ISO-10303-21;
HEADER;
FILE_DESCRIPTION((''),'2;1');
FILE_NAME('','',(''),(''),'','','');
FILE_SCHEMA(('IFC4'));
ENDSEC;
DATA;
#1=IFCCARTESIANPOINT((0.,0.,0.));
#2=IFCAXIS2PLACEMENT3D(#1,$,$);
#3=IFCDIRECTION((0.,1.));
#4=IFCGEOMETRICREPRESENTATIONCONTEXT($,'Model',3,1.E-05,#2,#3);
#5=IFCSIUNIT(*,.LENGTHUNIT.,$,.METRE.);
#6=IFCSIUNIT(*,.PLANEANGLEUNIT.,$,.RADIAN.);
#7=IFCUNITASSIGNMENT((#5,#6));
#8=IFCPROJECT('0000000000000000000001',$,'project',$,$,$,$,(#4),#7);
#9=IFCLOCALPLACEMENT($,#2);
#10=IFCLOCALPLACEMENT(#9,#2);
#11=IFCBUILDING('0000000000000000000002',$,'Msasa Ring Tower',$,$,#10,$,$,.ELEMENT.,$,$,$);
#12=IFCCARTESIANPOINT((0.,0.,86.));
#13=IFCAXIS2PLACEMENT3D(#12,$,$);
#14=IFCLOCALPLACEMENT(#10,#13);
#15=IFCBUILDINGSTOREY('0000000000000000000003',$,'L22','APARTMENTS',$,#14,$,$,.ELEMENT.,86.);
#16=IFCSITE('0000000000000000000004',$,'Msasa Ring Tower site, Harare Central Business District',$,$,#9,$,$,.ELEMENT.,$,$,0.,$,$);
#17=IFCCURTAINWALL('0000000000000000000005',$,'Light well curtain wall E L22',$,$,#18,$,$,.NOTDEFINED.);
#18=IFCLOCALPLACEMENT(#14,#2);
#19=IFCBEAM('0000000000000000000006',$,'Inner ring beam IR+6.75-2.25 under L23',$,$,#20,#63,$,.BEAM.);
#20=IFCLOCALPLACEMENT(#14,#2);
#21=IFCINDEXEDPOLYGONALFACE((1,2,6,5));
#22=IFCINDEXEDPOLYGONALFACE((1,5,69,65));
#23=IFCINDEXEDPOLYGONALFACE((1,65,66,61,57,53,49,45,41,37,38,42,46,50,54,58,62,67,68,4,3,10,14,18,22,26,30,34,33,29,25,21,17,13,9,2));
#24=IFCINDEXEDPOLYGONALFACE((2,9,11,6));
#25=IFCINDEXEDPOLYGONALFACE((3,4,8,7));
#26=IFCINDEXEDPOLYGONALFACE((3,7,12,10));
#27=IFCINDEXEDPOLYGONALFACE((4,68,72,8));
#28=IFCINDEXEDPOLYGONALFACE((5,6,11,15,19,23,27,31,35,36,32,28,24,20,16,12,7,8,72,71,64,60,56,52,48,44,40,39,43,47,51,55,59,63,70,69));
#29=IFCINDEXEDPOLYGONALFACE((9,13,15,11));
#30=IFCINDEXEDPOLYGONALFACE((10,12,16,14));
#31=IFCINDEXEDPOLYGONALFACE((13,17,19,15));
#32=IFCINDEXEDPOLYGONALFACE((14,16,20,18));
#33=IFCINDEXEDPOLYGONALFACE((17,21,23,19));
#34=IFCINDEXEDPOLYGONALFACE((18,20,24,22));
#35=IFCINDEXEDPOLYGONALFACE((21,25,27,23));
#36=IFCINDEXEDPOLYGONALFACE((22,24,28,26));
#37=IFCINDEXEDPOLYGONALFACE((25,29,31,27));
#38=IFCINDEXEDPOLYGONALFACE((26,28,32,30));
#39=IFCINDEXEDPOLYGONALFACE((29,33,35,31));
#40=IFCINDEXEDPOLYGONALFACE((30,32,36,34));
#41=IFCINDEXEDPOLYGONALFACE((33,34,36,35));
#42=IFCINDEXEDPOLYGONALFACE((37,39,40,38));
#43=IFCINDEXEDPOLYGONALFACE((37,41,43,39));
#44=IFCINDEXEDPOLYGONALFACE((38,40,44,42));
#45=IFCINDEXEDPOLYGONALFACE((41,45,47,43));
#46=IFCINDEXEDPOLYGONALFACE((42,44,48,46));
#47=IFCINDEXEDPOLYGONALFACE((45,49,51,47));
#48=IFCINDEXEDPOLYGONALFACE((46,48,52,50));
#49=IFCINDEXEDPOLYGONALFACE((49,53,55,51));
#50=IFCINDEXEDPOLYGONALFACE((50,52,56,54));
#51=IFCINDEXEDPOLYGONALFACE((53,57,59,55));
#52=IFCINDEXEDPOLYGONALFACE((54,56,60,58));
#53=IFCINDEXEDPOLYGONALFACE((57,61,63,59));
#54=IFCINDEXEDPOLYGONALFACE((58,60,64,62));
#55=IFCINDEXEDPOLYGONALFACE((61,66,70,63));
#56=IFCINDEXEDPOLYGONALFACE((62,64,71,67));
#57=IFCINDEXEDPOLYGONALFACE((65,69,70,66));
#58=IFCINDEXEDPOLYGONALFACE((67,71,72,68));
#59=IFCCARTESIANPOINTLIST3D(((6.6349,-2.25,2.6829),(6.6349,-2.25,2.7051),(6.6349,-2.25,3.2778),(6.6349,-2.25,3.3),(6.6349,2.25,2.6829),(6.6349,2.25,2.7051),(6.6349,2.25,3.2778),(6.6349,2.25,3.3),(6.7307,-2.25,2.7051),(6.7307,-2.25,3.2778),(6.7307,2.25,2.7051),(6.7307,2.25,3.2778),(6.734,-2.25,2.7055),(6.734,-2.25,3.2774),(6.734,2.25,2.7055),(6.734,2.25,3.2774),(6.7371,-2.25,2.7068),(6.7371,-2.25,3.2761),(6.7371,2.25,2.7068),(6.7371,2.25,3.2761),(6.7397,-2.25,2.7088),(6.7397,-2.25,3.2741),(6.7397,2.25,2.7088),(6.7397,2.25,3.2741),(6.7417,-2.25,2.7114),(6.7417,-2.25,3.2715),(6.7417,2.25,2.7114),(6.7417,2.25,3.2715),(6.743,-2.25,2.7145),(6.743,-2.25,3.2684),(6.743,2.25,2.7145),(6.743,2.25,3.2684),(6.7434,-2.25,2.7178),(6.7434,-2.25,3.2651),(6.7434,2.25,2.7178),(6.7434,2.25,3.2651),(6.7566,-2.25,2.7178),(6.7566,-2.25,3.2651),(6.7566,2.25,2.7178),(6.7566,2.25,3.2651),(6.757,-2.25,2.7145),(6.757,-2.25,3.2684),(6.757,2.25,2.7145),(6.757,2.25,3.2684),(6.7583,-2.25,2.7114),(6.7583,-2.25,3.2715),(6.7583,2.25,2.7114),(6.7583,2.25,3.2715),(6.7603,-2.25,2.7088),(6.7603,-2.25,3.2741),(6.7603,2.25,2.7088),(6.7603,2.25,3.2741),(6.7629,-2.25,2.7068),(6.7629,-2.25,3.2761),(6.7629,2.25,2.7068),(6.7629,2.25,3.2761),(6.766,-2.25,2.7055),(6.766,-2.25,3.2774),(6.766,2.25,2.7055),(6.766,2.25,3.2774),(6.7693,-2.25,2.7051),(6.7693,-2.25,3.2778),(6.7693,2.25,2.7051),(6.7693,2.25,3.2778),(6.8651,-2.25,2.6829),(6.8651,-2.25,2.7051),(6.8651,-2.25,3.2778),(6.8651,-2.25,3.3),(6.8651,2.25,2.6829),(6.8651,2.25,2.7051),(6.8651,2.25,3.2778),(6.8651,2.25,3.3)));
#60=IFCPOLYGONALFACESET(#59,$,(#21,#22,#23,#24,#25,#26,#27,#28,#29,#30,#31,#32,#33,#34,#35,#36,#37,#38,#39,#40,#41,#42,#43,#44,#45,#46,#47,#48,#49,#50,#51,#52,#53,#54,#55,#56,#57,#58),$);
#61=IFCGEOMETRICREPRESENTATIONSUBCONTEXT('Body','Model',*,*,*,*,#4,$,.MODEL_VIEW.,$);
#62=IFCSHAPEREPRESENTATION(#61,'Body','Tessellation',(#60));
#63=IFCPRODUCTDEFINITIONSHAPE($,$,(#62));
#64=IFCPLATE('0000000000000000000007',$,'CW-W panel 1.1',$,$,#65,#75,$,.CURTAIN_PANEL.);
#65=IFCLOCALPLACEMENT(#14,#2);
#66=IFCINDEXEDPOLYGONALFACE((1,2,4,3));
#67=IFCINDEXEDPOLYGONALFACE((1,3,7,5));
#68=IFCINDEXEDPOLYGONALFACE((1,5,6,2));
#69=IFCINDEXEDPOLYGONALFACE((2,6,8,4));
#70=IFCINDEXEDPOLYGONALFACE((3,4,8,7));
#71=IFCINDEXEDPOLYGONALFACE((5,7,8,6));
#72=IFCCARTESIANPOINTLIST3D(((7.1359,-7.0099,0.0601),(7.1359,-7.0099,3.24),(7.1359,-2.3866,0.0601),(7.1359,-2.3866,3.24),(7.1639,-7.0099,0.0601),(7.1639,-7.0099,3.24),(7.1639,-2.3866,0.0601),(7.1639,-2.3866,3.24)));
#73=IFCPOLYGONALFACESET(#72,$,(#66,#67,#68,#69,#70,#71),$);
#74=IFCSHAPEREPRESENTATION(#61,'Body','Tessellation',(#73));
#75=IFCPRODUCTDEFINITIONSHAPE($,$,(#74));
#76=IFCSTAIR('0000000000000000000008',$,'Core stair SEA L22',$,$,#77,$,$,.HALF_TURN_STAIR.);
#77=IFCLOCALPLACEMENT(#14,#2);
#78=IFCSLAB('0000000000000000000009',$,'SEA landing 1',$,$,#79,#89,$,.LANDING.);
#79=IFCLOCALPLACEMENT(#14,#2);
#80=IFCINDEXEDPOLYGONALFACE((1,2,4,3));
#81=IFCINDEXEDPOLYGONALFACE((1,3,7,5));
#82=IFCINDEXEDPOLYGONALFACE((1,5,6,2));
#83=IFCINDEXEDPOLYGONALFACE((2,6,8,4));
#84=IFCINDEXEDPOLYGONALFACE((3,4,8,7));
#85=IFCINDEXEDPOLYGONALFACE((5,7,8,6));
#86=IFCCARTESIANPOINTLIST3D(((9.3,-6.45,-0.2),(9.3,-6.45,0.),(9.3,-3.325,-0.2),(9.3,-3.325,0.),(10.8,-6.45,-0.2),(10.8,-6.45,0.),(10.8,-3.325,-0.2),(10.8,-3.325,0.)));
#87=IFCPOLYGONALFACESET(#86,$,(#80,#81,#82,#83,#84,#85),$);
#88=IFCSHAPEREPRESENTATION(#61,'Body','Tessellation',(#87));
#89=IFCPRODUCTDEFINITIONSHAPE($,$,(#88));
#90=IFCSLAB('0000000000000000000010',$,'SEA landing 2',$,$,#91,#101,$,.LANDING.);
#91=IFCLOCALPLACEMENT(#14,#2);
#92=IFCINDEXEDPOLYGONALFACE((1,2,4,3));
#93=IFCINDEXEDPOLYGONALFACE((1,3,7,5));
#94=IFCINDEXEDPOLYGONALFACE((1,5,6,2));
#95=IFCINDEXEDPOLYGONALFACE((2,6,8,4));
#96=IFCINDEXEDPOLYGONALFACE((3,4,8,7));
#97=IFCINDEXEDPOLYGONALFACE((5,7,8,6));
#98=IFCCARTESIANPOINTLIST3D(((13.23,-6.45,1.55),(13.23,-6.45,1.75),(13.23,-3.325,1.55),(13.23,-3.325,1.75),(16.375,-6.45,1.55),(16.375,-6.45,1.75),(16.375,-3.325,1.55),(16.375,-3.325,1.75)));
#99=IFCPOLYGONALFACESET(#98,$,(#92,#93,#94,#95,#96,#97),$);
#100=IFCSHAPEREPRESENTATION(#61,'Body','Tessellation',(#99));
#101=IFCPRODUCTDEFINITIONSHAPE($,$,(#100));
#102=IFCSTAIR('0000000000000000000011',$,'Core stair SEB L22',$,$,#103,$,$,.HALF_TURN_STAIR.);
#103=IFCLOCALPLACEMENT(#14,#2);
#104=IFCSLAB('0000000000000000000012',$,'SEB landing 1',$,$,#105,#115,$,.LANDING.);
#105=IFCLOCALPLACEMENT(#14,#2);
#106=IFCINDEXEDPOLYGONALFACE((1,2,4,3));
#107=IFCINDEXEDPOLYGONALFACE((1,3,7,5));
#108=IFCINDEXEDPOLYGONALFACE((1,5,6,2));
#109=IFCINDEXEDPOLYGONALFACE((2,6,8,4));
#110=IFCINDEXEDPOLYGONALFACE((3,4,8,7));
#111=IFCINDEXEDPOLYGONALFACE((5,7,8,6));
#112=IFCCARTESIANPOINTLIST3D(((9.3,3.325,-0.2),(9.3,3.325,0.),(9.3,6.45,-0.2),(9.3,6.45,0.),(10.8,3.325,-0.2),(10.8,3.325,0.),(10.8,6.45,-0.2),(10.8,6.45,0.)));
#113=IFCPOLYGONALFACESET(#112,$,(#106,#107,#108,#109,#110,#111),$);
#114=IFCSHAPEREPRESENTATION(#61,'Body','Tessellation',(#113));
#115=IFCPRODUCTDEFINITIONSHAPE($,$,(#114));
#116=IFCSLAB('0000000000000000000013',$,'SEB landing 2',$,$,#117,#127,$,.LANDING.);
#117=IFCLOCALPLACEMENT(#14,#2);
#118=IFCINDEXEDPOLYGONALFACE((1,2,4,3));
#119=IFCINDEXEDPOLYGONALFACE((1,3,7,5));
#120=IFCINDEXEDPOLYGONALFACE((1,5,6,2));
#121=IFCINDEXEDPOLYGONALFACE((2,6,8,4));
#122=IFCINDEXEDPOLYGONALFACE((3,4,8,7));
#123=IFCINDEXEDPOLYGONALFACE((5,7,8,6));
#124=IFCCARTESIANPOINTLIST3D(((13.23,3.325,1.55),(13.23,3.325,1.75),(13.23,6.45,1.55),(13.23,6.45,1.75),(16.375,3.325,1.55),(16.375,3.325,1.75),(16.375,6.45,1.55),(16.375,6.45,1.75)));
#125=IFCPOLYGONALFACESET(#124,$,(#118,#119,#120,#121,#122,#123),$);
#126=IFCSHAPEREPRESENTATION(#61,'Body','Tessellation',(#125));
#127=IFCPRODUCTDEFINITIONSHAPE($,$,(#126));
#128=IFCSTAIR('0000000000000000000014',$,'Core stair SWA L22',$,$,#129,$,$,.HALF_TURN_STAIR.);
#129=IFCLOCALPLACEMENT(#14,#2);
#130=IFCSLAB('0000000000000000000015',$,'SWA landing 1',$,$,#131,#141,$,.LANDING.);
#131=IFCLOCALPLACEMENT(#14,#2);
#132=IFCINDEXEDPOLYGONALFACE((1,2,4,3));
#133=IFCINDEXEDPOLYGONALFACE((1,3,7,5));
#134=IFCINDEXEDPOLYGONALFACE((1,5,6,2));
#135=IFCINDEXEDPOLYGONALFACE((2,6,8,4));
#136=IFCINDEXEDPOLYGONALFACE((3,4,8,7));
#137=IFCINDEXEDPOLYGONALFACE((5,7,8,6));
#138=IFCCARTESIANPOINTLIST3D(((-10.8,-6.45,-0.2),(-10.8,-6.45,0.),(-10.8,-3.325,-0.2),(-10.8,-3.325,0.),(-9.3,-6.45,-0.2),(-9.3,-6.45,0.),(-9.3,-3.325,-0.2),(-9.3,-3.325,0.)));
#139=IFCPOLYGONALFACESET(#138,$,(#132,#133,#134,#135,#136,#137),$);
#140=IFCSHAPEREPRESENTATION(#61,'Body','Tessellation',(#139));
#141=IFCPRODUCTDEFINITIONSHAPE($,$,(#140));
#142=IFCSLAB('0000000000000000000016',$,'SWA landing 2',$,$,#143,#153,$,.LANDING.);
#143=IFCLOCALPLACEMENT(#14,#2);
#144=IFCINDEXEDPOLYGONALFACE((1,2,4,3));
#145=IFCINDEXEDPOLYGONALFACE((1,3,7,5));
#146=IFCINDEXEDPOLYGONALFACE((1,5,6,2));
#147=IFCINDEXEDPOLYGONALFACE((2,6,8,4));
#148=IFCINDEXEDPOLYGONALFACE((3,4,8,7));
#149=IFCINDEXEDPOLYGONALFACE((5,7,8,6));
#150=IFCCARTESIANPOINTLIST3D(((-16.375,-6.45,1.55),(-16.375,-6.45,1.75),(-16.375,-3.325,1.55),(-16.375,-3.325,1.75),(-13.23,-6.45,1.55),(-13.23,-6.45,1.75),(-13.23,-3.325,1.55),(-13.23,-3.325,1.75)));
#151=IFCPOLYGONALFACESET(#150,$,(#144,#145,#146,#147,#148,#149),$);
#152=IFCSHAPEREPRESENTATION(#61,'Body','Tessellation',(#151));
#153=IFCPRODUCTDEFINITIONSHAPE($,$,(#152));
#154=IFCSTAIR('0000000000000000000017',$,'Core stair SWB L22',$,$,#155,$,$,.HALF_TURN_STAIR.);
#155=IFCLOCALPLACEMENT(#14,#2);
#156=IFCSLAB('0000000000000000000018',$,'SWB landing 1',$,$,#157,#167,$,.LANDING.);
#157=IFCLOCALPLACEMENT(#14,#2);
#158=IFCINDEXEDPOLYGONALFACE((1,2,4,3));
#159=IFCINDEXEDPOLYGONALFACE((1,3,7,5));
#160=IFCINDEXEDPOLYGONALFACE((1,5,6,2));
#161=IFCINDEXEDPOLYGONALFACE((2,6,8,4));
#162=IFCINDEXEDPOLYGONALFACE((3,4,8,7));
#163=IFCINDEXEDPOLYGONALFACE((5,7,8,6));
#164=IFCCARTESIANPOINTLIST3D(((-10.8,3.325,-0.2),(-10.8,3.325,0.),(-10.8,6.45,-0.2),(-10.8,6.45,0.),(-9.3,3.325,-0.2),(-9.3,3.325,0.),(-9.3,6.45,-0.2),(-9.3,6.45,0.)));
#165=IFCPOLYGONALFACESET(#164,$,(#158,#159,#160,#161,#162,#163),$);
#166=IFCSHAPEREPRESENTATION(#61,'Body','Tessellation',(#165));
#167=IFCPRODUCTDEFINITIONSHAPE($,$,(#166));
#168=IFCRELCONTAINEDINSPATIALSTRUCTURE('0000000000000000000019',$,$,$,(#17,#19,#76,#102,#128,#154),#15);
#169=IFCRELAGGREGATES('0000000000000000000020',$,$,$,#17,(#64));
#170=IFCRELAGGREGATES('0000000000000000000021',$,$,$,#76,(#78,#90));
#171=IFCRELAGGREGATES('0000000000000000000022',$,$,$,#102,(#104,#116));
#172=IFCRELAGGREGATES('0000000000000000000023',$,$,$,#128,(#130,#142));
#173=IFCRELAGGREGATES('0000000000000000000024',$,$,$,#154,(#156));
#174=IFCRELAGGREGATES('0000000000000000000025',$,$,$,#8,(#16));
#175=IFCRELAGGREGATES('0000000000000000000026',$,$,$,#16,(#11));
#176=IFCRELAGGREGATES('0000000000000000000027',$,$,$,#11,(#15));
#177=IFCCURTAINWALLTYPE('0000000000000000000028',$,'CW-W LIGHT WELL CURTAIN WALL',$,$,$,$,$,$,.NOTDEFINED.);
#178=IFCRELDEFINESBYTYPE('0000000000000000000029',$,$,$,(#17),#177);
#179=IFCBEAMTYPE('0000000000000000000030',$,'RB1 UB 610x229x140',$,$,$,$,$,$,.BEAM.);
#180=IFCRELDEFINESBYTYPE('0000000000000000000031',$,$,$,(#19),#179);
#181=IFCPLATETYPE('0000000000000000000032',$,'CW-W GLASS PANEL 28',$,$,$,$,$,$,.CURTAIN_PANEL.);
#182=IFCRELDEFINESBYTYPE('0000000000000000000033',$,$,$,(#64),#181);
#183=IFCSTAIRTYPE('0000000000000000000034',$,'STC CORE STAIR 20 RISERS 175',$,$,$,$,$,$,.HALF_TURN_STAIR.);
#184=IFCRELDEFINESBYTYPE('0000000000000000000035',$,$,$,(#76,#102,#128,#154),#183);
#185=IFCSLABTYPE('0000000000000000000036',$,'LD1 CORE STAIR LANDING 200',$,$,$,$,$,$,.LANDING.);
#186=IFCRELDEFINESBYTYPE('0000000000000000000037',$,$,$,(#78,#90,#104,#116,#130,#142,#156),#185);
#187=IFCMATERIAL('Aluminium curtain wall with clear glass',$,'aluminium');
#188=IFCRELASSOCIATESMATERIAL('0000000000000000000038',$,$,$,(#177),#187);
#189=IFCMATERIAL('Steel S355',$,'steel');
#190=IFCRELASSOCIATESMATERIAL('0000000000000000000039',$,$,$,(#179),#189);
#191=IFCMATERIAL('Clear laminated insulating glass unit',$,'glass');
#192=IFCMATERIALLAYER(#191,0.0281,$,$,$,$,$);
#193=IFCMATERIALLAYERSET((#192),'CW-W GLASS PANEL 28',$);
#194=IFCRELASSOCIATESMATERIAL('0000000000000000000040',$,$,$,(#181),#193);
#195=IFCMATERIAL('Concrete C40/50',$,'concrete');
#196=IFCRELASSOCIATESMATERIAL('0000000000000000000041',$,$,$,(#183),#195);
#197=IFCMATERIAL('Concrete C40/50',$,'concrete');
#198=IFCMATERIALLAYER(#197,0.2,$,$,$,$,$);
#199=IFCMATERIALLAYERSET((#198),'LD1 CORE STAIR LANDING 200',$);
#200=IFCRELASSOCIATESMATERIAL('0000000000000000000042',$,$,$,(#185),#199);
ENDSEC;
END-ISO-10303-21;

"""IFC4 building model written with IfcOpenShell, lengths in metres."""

from ifc_helpers import new_model, si_unit, direction, frame, origin, origin_2d, place, context, subcontext, project, spatial, polyline, rectangle, i_section, outline, extrude, material, layer, layer_set, material_profile, profile_set, type_object, element, aggregate, save


model = new_model("IFC4")

# Units and contexts
model_context = context("Model", 3, precision=1e-05, world=origin(), true_north=direction((0.0, 1.0)))
body_context = subcontext(model_context, "Body", "Model", "MODEL_VIEW")
ifc_project = project(units=[si_unit("LENGTHUNIT", "METRE"), si_unit("PLANEANGLEUNIT", "RADIAN")], contexts=[model_context])

# Site, building, storey
site_placement = place(None, origin())
site = spatial("IfcSite", under=ifc_project, at=site_placement, Name="Msasa Ring Tower site, Harare Central Business District", CompositionType="ELEMENT", RefElevation=0.0)
building_placement = place(site_placement, origin())
building = spatial("IfcBuilding", under=site, at=building_placement, Name="Msasa Ring Tower", CompositionType="ELEMENT")
storey_placement = place(building_placement, frame((0.0, 0.0, 86.0)))
storey = spatial("IfcBuildingStorey", under=building, at=storey_placement, Name="L22", Description="APARTMENTS", CompositionType="ELEMENT", Elevation=86.0)

# Curtain wall
ifc_material_1 = material(Name="Aluminium curtain wall with clear glass", Category="aluminium")
curtain_wall_type = type_object("IfcCurtainWallType", Name="CW-W LIGHT WELL CURTAIN WALL", PredefinedType="NOTDEFINED", material=ifc_material_1)
curtain_wall_placement = place(storey_placement, origin())
curtain_wall = element("IfcCurtainWall", 1, at=curtain_wall_placement, inside=storey, type_object=curtain_wall_type, Name="Light well curtain wall E L22", PredefinedType="NOTDEFINED")

# Beam
ifc_material_2 = material(Name="Steel S355", Category="steel")
ifc_material_profile_1 = material_profile(ifc_material_2, i_section(OverallWidth=0.2302, OverallDepth=0.6172, WebThickness=0.0132, FlangeThickness=0.0222, FilletRadius=0.0127, at=origin_2d()), Name="UB 610x229x140")
ifc_profile_set_1 = profile_set([ifc_material_profile_1], Name="Steel S355")
beam_type = type_object("IfcBeamType", Name="RB1 UB 610x229x140", PredefinedType="BEAM", material=ifc_profile_set_1)
for number, where, z_axis, x_axis, name in (
    (2, (6.75, -2.25, 2.9915), (0.0, 1.0, 0.0), (-1.0, 0.0, 0.0), "Inner ring beam IR+6.75-2.25 under L23"),
):
    element("IfcBeam", number, at=place(storey_placement, frame(where, z_axis=z_axis, x_axis=x_axis)), inside=storey, type_object=beam_type, Name=name, PredefinedType="BEAM", context=body_context, shape_type="SweptSolid", body=[
        extrude(i_section(OverallWidth=0.2302, OverallDepth=0.6172, WebThickness=0.0132, FlangeThickness=0.0222, FilletRadius=0.0127, at=origin_2d()), origin(), (0.0, 0.0, 1.0), 4.5),
    ])

# Plate
ifc_material_3 = material(Name="Clear laminated insulating glass unit", Category="glass")
ifc_layer_1 = layer(ifc_material_3, 0.0281)
ifc_layer_set_1 = layer_set([ifc_layer_1], Name="CW-W GLASS PANEL 28")
plate_type = type_object("IfcPlateType", Name="CW-W GLASS PANEL 28", PredefinedType="CURTAIN_PANEL", material=ifc_layer_set_1)
plate_placement = place(storey_placement, frame((7.1499, -4.6982, 0.0601), z_axis=(0.0, 0.0, 1.0), x_axis=(0.0, 1.0, 0.0)))
plate = element("IfcPlate", 3, at=plate_placement, type_object=plate_type, Name="CW-W panel 1.1", PredefinedType="CURTAIN_PANEL", context=body_context, shape_type="SweptSolid", body=[
    extrude(rectangle(XDim=4.6233, YDim=0.0281, at=origin_2d()), origin(), (0.0, 0.0, 1.0), 3.1799),
])
aggregate(curtain_wall, [plate])

# Stairs, slabs
ifc_material_4 = material(Name="Concrete C40/50", Category="concrete")
stair_type = type_object("IfcStairType", Name="STC CORE STAIR 20 RISERS 175", PredefinedType="HALF_TURN_STAIR", material=ifc_material_4)
stair_1_placement = place(storey_placement, origin())
stair_1 = element("IfcStair", 4, at=stair_1_placement, inside=storey, type_object=stair_type, Name="Core stair SEA L22", PredefinedType="HALF_TURN_STAIR")
ifc_material_5 = material(Name="Concrete C40/50", Category="concrete")
ifc_layer_2 = layer(ifc_material_5, 0.2)
ifc_layer_set_2 = layer_set([ifc_layer_2], Name="LD1 CORE STAIR LANDING 200")
slab_type = type_object("IfcSlabType", Name="LD1 CORE STAIR LANDING 200", PredefinedType="LANDING", material=ifc_layer_set_2)
slab_1_placement = place(storey_placement, frame((0.0, 0.0, -0.2)))
slab_1 = element("IfcSlab", 5, at=slab_1_placement, type_object=slab_type, Name="SEA landing 1", PredefinedType="LANDING", context=body_context, shape_type="SweptSolid", body=[
    extrude(outline(polyline([(9.3, -6.45), (10.8, -6.45), (10.8, -3.325), (9.3, -3.325), (9.3, -6.45)])), origin(), (0.0, 0.0, 1.0), 0.2),
])
slab_2_placement = place(storey_placement, frame((0.0, 0.0, 1.55)))
slab_2 = element("IfcSlab", 6, at=slab_2_placement, type_object=slab_type, Name="SEA landing 2", PredefinedType="LANDING", context=body_context, shape_type="SweptSolid", body=[
    extrude(outline(polyline([(13.23, -6.45), (16.375, -6.45), (16.375, -3.325), (13.23, -3.325), (13.23, -6.45)])), origin(), (0.0, 0.0, 1.0), 0.2),
])
aggregate(stair_1, [slab_1, slab_2])
stair_2_placement = place(storey_placement, origin())
stair_2 = element("IfcStair", 7, at=stair_2_placement, inside=storey, type_object=stair_type, Name="Core stair SEB L22", PredefinedType="HALF_TURN_STAIR")
slab_3_placement = place(storey_placement, frame((0.0, 0.0, -0.2)))
slab_3 = element("IfcSlab", 8, at=slab_3_placement, type_object=slab_type, Name="SEB landing 1", PredefinedType="LANDING", context=body_context, shape_type="SweptSolid", body=[
    extrude(outline(polyline([(9.3, 3.325), (10.8, 3.325), (10.8, 6.45), (9.3, 6.45), (9.3, 3.325)])), origin(), (0.0, 0.0, 1.0), 0.2),
])
slab_4_placement = place(storey_placement, frame((0.0, 0.0, 1.55)))
slab_4 = element("IfcSlab", 9, at=slab_4_placement, type_object=slab_type, Name="SEB landing 2", PredefinedType="LANDING", context=body_context, shape_type="SweptSolid", body=[
    extrude(outline(polyline([(13.23, 3.325), (16.375, 3.325), (16.375, 6.45), (13.23, 6.45), (13.23, 3.325)])), origin(), (0.0, 0.0, 1.0), 0.2),
])
aggregate(stair_2, [slab_3, slab_4])
stair_3_placement = place(storey_placement, origin())
stair_3 = element("IfcStair", 10, at=stair_3_placement, inside=storey, type_object=stair_type, Name="Core stair SWA L22", PredefinedType="HALF_TURN_STAIR")
slab_5_placement = place(storey_placement, frame((0.0, 0.0, -0.2)))
slab_5 = element("IfcSlab", 11, at=slab_5_placement, type_object=slab_type, Name="SWA landing 1", PredefinedType="LANDING", context=body_context, shape_type="SweptSolid", body=[
    extrude(outline(polyline([(-10.8, -6.45), (-9.3, -6.45), (-9.3, -3.325), (-10.8, -3.325), (-10.8, -6.45)])), origin(), (0.0, 0.0, 1.0), 0.2),
])
slab_6_placement = place(storey_placement, frame((0.0, 0.0, 1.55)))
slab_6 = element("IfcSlab", 12, at=slab_6_placement, type_object=slab_type, Name="SWA landing 2", PredefinedType="LANDING", context=body_context, shape_type="SweptSolid", body=[
    extrude(outline(polyline([(-16.375, -6.45), (-13.23, -6.45), (-13.23, -3.325), (-16.375, -3.325), (-16.375, -6.45)])), origin(), (0.0, 0.0, 1.0), 0.2),
])
aggregate(stair_3, [slab_5, slab_6])

# Stair, slab
stair_4_placement = place(storey_placement, origin())
stair_4 = element("IfcStair", 13, at=stair_4_placement, inside=storey, type_object=stair_type, Name="Core stair SWB L22", PredefinedType="HALF_TURN_STAIR")
slab_7_placement = place(storey_placement, frame((0.0, 0.0, -0.2)))
slab_7 = element("IfcSlab", 14, at=slab_7_placement, type_object=slab_type, Name="SWB landing 1", PredefinedType="LANDING", context=body_context, shape_type="SweptSolid", body=[
    extrude(outline(polyline([(-10.8, 3.325), (-9.3, 3.325), (-9.3, 6.45), (-10.8, 6.45), (-10.8, 3.325)])), origin(), (0.0, 0.0, 1.0), 0.2),
])
aggregate(stair_4, [slab_7])

save(model, "model.ifc")
